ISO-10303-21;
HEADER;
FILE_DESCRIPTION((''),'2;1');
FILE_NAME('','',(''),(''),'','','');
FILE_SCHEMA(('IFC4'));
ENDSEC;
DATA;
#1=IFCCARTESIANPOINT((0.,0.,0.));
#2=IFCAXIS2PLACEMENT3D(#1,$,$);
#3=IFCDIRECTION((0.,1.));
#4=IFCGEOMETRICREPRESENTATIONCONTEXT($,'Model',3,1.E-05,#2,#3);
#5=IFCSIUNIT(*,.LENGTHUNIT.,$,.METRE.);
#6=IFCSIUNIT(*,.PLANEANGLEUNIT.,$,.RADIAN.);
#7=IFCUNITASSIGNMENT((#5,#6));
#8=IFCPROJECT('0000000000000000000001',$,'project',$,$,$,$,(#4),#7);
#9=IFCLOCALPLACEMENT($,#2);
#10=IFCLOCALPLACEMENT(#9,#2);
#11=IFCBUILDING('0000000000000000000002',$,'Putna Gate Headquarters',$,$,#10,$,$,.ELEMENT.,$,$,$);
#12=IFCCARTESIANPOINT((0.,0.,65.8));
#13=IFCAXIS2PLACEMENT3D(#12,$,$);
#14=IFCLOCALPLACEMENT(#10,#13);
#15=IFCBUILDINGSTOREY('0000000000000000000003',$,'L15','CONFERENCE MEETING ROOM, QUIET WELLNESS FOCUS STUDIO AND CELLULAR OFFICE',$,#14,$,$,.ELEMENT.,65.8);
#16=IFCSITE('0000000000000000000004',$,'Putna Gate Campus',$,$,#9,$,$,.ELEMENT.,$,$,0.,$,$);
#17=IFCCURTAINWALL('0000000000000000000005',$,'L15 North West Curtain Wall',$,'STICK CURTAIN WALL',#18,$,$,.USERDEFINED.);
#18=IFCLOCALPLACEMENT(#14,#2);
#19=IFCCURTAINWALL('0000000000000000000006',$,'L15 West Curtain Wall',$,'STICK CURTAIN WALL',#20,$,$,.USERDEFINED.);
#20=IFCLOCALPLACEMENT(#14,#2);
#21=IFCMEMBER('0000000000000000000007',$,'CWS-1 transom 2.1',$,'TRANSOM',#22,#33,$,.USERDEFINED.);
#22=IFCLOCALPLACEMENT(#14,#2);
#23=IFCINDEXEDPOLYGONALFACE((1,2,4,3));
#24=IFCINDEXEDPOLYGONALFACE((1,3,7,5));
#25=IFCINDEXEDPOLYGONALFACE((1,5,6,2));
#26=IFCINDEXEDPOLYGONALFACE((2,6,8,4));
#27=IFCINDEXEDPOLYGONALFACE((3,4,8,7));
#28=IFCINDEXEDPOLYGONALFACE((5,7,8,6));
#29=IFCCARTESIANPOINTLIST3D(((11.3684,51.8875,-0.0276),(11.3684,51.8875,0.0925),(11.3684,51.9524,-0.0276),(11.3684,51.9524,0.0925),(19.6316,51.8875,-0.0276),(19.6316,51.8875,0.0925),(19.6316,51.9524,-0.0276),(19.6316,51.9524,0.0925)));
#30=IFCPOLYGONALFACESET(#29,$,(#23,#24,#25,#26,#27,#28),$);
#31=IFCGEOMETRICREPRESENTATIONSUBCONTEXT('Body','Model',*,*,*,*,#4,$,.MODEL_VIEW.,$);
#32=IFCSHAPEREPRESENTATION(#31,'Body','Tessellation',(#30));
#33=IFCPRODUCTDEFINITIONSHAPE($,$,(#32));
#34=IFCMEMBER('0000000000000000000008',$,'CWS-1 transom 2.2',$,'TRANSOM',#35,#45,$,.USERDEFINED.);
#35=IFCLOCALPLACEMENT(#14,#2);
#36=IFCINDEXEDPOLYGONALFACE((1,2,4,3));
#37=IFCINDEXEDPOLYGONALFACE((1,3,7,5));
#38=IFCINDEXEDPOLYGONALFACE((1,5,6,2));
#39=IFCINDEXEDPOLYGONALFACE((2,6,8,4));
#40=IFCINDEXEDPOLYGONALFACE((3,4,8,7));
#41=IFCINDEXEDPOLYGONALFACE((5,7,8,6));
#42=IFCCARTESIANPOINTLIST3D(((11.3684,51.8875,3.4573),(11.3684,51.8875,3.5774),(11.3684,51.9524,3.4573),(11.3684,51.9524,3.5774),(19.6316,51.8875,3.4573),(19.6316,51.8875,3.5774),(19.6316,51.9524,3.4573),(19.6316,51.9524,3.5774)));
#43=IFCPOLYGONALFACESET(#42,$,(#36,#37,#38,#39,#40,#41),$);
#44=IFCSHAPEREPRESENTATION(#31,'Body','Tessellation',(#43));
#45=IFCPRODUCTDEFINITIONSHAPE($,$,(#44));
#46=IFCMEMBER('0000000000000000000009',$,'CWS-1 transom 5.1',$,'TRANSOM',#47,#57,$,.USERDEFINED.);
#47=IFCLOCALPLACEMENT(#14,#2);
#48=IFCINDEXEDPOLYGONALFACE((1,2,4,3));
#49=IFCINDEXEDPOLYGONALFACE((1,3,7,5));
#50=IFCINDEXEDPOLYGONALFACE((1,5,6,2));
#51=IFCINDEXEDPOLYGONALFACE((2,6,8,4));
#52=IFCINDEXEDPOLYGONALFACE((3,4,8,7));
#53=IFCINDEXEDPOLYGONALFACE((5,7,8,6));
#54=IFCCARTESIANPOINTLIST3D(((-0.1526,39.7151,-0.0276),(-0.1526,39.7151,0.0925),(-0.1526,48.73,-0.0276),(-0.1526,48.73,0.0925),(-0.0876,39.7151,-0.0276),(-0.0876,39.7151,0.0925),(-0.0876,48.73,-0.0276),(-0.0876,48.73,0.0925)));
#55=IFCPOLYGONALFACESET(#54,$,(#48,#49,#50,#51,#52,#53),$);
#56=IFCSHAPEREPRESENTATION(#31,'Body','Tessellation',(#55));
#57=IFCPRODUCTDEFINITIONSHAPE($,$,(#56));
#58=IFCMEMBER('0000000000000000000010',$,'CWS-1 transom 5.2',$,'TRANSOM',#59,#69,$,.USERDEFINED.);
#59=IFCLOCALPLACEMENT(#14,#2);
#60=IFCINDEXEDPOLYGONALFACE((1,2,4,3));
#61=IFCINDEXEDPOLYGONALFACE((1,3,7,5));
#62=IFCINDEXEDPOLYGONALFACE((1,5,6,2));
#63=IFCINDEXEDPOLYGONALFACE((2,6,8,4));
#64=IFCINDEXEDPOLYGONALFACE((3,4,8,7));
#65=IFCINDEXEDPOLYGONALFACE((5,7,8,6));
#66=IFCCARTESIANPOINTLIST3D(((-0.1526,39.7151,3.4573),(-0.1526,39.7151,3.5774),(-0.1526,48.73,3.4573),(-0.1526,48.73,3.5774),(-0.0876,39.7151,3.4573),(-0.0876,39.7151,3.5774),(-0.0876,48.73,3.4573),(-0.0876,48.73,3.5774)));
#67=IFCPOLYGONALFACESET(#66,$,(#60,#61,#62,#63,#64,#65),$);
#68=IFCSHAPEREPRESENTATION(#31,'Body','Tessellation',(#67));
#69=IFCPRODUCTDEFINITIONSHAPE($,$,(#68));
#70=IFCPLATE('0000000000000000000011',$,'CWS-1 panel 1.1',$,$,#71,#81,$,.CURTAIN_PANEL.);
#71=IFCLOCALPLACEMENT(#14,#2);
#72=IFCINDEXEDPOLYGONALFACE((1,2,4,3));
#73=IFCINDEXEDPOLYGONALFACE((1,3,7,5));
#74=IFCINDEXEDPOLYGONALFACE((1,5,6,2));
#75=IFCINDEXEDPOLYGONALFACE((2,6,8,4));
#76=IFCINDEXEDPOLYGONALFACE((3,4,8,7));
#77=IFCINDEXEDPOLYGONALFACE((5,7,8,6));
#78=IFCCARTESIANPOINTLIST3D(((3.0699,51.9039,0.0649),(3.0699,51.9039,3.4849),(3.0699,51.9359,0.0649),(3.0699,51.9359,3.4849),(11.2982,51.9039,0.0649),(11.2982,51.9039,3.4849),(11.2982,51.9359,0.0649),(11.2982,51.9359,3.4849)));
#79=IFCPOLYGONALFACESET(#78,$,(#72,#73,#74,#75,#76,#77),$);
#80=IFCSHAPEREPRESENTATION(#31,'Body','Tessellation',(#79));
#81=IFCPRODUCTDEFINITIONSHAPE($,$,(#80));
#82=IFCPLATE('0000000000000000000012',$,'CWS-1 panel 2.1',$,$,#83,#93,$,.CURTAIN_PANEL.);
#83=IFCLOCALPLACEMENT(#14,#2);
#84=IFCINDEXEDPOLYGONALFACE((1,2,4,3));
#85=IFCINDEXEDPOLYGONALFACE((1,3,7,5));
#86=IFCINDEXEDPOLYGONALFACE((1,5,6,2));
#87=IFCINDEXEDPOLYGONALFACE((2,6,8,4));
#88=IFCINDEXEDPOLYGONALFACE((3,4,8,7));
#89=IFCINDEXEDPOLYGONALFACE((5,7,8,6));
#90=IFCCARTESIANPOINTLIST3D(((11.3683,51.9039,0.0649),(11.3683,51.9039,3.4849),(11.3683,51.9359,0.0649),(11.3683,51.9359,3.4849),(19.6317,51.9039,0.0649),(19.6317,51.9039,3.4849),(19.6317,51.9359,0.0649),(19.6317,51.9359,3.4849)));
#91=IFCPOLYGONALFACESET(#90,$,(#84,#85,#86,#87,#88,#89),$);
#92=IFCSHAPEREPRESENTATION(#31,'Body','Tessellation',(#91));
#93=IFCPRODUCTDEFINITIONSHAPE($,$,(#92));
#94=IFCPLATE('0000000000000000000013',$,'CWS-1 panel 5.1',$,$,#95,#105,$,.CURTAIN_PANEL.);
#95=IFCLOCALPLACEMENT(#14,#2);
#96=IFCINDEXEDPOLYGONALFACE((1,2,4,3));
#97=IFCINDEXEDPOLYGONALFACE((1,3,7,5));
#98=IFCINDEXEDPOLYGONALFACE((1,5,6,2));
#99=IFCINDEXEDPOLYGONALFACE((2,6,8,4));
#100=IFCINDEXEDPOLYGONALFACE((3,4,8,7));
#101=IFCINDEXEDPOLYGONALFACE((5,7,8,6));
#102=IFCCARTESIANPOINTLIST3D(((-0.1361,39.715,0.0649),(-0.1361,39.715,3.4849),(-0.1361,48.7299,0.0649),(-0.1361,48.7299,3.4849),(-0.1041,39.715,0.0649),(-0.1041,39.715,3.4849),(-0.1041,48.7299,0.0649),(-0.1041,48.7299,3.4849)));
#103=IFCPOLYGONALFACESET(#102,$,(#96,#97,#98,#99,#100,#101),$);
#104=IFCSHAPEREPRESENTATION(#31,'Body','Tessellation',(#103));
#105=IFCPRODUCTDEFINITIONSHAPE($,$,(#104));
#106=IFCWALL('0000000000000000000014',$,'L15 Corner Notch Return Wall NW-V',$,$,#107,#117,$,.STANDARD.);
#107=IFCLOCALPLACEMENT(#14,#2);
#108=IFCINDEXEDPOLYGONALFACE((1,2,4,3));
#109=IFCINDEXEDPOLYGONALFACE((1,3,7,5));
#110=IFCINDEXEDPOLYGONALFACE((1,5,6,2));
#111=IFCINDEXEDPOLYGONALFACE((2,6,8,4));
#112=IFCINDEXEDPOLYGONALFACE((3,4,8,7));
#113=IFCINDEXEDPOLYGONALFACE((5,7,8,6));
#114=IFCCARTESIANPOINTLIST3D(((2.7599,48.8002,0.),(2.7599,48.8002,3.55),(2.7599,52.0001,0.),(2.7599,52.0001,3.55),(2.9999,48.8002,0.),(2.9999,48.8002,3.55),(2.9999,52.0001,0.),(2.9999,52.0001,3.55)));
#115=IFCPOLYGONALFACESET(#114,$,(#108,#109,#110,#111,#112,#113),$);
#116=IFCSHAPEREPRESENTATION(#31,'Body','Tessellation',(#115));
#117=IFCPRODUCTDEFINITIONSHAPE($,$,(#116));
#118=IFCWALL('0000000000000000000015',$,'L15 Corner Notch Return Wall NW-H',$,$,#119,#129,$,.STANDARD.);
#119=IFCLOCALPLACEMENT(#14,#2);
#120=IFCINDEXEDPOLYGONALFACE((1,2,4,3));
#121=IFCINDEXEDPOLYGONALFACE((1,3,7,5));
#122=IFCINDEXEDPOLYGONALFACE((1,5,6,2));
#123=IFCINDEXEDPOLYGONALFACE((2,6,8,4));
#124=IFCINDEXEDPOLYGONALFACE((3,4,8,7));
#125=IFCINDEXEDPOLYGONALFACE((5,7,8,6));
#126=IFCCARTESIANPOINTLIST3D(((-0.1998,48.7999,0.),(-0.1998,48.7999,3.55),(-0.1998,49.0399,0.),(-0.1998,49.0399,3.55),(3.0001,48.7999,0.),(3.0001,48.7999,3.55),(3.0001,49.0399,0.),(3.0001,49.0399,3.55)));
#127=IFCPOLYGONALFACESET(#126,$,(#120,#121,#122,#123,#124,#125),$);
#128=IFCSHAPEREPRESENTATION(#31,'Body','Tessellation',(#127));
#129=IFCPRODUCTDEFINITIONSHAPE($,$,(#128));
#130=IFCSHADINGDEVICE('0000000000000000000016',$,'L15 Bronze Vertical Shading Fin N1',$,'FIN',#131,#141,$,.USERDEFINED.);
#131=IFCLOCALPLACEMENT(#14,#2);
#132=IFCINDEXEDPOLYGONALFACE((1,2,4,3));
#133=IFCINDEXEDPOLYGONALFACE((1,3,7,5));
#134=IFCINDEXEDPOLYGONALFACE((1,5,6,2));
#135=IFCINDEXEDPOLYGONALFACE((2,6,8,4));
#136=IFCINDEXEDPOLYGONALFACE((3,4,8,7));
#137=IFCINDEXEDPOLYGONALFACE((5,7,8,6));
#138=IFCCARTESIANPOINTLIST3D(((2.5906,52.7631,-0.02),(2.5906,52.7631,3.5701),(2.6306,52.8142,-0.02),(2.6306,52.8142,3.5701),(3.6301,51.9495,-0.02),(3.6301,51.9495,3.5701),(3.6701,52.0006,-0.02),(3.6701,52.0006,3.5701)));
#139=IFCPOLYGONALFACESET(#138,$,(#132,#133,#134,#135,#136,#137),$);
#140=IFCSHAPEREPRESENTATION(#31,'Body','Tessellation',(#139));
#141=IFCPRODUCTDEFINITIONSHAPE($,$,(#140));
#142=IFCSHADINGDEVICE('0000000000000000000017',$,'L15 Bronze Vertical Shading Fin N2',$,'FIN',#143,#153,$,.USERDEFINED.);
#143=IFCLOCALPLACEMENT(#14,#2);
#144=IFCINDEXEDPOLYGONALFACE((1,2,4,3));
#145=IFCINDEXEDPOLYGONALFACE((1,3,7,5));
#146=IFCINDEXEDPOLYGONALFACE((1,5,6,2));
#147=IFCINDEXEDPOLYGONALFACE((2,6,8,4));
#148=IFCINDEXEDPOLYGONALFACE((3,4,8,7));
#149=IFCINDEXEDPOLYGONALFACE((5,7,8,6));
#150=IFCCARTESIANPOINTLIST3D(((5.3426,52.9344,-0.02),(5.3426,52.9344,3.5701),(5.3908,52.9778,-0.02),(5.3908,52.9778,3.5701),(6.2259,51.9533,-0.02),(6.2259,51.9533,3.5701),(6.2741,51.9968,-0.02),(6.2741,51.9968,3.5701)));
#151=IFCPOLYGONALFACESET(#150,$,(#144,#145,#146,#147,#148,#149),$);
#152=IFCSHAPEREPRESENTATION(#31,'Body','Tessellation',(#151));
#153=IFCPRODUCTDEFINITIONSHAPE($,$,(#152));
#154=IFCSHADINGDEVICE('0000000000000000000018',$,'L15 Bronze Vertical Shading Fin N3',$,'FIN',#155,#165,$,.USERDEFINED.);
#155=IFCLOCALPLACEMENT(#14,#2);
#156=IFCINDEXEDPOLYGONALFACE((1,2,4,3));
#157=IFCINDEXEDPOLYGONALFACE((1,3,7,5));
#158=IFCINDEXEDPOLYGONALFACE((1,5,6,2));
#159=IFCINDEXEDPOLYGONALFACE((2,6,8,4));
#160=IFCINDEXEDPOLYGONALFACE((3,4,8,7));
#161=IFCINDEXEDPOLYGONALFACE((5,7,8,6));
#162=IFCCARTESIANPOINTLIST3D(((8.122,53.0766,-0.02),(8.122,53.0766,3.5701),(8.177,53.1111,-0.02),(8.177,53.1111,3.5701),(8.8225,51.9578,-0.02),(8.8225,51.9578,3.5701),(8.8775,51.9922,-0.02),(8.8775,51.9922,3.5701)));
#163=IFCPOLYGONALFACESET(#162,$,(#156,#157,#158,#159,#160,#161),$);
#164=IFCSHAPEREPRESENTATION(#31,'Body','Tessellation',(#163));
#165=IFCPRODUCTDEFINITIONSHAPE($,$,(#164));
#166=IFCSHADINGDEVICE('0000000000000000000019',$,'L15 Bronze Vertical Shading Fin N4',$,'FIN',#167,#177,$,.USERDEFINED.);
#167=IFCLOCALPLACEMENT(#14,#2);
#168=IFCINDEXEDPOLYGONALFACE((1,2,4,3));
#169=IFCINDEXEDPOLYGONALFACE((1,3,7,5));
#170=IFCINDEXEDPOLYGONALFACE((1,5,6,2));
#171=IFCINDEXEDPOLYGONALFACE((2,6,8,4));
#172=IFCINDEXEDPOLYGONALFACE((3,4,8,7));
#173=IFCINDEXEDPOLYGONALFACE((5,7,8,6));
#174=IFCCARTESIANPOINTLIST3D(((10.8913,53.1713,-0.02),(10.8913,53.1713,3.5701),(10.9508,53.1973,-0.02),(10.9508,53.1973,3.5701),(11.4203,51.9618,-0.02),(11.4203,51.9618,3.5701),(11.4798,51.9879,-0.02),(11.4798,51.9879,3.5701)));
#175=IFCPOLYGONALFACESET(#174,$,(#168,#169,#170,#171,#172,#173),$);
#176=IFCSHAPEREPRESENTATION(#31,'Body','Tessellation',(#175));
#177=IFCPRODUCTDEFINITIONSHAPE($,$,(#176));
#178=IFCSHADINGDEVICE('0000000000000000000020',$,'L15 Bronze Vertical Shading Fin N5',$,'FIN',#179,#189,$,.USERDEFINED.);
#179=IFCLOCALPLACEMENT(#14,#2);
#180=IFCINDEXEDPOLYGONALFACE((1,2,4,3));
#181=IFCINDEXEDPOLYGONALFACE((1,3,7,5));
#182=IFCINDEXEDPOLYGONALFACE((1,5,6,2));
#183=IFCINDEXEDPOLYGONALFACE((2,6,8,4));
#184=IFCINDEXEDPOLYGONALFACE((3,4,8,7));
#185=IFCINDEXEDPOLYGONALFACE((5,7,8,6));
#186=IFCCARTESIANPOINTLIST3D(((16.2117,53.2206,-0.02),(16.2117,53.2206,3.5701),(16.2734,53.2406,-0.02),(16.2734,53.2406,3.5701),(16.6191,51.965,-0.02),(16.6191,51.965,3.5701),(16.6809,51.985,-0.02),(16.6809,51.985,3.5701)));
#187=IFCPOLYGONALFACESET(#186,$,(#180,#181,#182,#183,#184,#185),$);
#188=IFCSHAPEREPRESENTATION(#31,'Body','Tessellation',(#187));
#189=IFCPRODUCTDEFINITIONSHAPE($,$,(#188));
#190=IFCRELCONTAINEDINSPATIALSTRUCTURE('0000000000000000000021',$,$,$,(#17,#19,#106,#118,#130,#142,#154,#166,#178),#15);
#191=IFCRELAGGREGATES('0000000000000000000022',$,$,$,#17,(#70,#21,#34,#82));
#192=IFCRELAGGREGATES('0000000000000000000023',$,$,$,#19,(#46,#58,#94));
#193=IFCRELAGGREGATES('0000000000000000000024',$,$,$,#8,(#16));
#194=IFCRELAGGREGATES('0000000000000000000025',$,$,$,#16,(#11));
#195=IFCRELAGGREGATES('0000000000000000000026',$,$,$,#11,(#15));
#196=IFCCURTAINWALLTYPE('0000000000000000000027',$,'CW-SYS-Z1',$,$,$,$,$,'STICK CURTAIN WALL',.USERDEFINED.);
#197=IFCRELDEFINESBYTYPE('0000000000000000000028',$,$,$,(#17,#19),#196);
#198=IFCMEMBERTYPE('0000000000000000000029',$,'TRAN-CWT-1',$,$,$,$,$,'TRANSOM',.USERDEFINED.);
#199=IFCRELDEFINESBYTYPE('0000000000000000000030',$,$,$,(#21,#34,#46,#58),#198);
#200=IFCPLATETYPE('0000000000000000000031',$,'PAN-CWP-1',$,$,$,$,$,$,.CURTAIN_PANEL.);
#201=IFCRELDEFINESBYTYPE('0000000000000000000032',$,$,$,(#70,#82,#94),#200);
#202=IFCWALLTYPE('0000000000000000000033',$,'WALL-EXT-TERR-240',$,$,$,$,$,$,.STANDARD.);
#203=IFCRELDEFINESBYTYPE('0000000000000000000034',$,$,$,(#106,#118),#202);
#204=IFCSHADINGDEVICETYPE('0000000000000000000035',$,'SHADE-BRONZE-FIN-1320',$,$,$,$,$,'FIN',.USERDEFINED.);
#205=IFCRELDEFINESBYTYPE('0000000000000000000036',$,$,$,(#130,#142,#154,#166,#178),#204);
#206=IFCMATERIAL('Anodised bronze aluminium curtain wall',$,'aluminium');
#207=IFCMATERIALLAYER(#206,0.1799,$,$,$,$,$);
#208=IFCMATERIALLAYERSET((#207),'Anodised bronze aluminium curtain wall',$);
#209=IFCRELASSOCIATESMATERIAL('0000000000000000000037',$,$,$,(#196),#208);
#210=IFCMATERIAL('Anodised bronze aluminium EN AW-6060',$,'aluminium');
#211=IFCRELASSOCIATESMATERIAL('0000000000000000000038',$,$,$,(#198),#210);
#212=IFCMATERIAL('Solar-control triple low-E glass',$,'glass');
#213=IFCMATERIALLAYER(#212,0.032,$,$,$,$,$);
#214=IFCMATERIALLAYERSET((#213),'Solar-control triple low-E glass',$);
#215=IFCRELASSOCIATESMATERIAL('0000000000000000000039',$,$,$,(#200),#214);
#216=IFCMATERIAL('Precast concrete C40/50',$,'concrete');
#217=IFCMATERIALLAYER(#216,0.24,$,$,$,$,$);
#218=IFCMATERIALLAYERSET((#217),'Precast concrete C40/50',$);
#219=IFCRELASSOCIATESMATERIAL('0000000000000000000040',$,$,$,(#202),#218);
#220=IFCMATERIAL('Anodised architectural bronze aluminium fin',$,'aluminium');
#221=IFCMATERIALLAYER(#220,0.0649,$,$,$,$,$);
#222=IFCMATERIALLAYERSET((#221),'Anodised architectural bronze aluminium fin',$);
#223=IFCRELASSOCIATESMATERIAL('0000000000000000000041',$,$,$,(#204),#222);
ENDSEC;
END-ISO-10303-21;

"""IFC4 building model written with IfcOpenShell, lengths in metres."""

from ifc_helpers import new_model, si_unit, direction, frame, frame_2d, origin, origin_2d, place, context, subcontext, project, spatial, rectangle, extrude, material, layer, layer_set, material_profile, profile_set, type_object, element, aggregate, save


model = new_model("IFC4")

# Units and contexts
model_context = context("Model", 3, precision=1e-05, world=origin(), true_north=direction((0.0, 1.0)))
body_context = subcontext(model_context, "Body", "Model", "MODEL_VIEW")
ifc_project = project(units=[si_unit("LENGTHUNIT", "METRE"), si_unit("PLANEANGLEUNIT", "RADIAN")], contexts=[model_context])

# Site, building, storey
site_placement = place(None, origin())
site = spatial("IfcSite", under=ifc_project, at=site_placement, Name="Putna Gate Campus", CompositionType="ELEMENT", RefElevation=0.0)
building_placement = place(site_placement, origin())
building = spatial("IfcBuilding", under=site, at=building_placement, Name="Putna Gate Headquarters", CompositionType="ELEMENT")
storey_placement = place(building_placement, frame((0.0, 0.0, 65.8)))
storey = spatial("IfcBuildingStorey", under=building, at=storey_placement, Name="L15", Description="CONFERENCE MEETING ROOM, QUIET WELLNESS FOCUS STUDIO AND CELLULAR OFFICE", CompositionType="ELEMENT", Elevation=65.8)

# Curtain walls
ifc_material_1 = material(Name="Anodised bronze aluminium curtain wall", Category="aluminium")
ifc_layer_1 = layer(ifc_material_1, 0.1799)
ifc_layer_set_1 = layer_set([ifc_layer_1], Name="Anodised bronze aluminium curtain wall")
curtain_wall_type = type_object("IfcCurtainWallType", Name="CW-SYS-Z1", ElementType="STICK CURTAIN WALL", PredefinedType="USERDEFINED", material=ifc_layer_set_1)
curtain_wall_1_placement = place(storey_placement, origin())
curtain_wall_1 = element("IfcCurtainWall", 1, at=curtain_wall_1_placement, inside=storey, type_object=curtain_wall_type, Name="L15 North West Curtain Wall", ObjectType="STICK CURTAIN WALL", PredefinedType="USERDEFINED")
ifc_material_2 = material(Name="Anodised bronze aluminium EN AW-6060", Category="aluminium")
curtain_wall_2_placement = place(storey_placement, origin())
curtain_wall_2 = element("IfcCurtainWall", 2, at=curtain_wall_2_placement, inside=storey, type_object=curtain_wall_type, Name="L15 West Curtain Wall", ObjectType="STICK CURTAIN WALL", PredefinedType="USERDEFINED")

# Members
ifc_material_profile_1 = material_profile(ifc_material_2, rectangle(XDim=0.0649, YDim=0.1201, at=origin_2d()), Name="Anodised bronze aluminium EN AW-6060")
ifc_profile_set_1 = profile_set([ifc_material_profile_1], Name="Anodised bronze aluminium EN AW-6060")
member_type_1 = type_object("IfcMemberType", Name="TRAN-CWT-1", ElementType="TRANSOM", PredefinedType="USERDEFINED", material=ifc_profile_set_1)
member_1_placement = place(storey_placement, frame((11.3684, 51.9199, 0.0325), z_axis=(1.0, 0.0, 0.0), x_axis=(0.0, 1.0, 0.0)))
member_1 = element("IfcMember", 3, at=member_1_placement, type_object=member_type_1, Name="CWS-1 transom 2.1", ObjectType="TRANSOM", PredefinedType="USERDEFINED", context=body_context, shape_type="SweptSolid", body=[
    extrude(rectangle(XDim=0.0649, YDim=0.1201, at=origin_2d()), origin(), (0.0, 0.0, 1.0), 8.2632),
])
member_2_placement = place(storey_placement, frame((11.3684, 51.9199, 3.5173), z_axis=(1.0, 0.0, 0.0), x_axis=(0.0, 1.0, 0.0)))
member_2 = element("IfcMember", 4, at=member_2_placement, type_object=member_type_1, Name="CWS-1 transom 2.2", ObjectType="TRANSOM", PredefinedType="USERDEFINED", context=body_context, shape_type="SweptSolid", body=[
    extrude(rectangle(XDim=0.0649, YDim=0.1201, at=origin_2d()), origin(), (0.0, 0.0, 1.0), 8.2632),
])
member_3_placement = place(storey_placement, frame((-0.1201, 39.7151, 0.0325), z_axis=(0.0, 1.0, 0.0), x_axis=(-1.0, 0.0, 0.0)))
member_3 = element("IfcMember", 5, at=member_3_placement, type_object=member_type_1, Name="CWS-1 transom 5.1", ObjectType="TRANSOM", PredefinedType="USERDEFINED", context=body_context, shape_type="SweptSolid", body=[
    extrude(rectangle(XDim=0.0649, YDim=0.1201, at=origin_2d()), origin(), (0.0, 0.0, 1.0), 9.0149),
])
member_4_placement = place(storey_placement, frame((-0.1201, 39.7151, 3.5173), z_axis=(0.0, 1.0, 0.0), x_axis=(-1.0, 0.0, 0.0)))
member_4 = element("IfcMember", 6, at=member_4_placement, type_object=member_type_1, Name="CWS-1 transom 5.2", ObjectType="TRANSOM", PredefinedType="USERDEFINED", context=body_context, shape_type="SweptSolid", body=[
    extrude(rectangle(XDim=0.0649, YDim=0.1201, at=origin_2d()), origin(), (0.0, 0.0, 1.0), 9.0149),
])

# Plates
ifc_material_3 = material(Name="Solar-control triple low-E glass", Category="glass")
ifc_layer_2 = layer(ifc_material_3, 0.032)
ifc_layer_set_2 = layer_set([ifc_layer_2], Name="Solar-control triple low-E glass")
plate_type = type_object("IfcPlateType", Name="PAN-CWP-1", PredefinedType="CURTAIN_PANEL", material=ifc_layer_set_2)
plate_1_placement = place(storey_placement, frame((7.1841, 51.9199, 0.0649), z_axis=(0.0, 0.0, 1.0), x_axis=(1.0, 0.0, 0.0)))
plate_1 = element("IfcPlate", 7, at=plate_1_placement, type_object=plate_type, Name="CWS-1 panel 1.1", PredefinedType="CURTAIN_PANEL", context=body_context, shape_type="SweptSolid", body=[
    extrude(rectangle(XDim=8.2283, YDim=0.032, at=origin_2d()), origin(), (0.0, 0.0, 1.0), 3.4199),
])
plate_2_placement = place(storey_placement, frame((15.5, 51.9199, 0.0649), z_axis=(0.0, 0.0, 1.0), x_axis=(1.0, 0.0, 0.0)))
plate_2 = element("IfcPlate", 8, at=plate_2_placement, type_object=plate_type, Name="CWS-1 panel 2.1", PredefinedType="CURTAIN_PANEL", context=body_context, shape_type="SweptSolid", body=[
    extrude(rectangle(XDim=8.2634, YDim=0.032, at=origin_2d()), origin(), (0.0, 0.0, 1.0), 3.4199),
])
aggregate(curtain_wall_1, [plate_1, member_1, member_2, plate_2])
plate_3_placement = place(storey_placement, frame((-0.1201, 44.2224, 0.0649), z_axis=(0.0, 0.0, 1.0), x_axis=(0.0, 1.0, 0.0)))
plate_3 = element("IfcPlate", 9, at=plate_3_placement, type_object=plate_type, Name="CWS-1 panel 5.1", PredefinedType="CURTAIN_PANEL", context=body_context, shape_type="SweptSolid", body=[
    extrude(rectangle(XDim=9.0149, YDim=0.032, at=origin_2d()), origin(), (0.0, 0.0, 1.0), 3.4199),
])
aggregate(curtain_wall_2, [member_3, member_4, plate_3])

# Walls
ifc_material_4 = material(Name="Precast concrete C40/50", Category="concrete")
ifc_layer_3 = layer(ifc_material_4, 0.24)
ifc_layer_set_3 = layer_set([ifc_layer_3], Name="Precast concrete C40/50")
wall_type = type_object("IfcWallType", Name="WALL-EXT-TERR-240", PredefinedType="STANDARD", material=ifc_layer_set_3)
for number, where, z_axis, x_axis, name in (
    (10, (2.8799, 48.8, 0.0), (0.0, 0.0, 1.0), (0.0, 1.0, 0.0), "L15 Corner Notch Return Wall NW-V"),
    (11, (-0.2, 48.9199, 0.0), (0.0, 0.0, 1.0), (1.0, 0.0, 0.0), "L15 Corner Notch Return Wall NW-H"),
):
    element("IfcWall", number, at=place(storey_placement, frame(where, z_axis=z_axis, x_axis=x_axis)), inside=storey, type_object=wall_type, Name=name, PredefinedType="STANDARD", context=body_context, shape_type="SweptSolid", body=[
        extrude(rectangle(XDim=3.2, YDim=0.24, at=frame_2d((1.6001, 0.0))), origin(), (0.0, 0.0, 1.0), 3.55),
    ])

# Shading devices
ifc_material_5 = material(Name="Anodised architectural bronze aluminium fin", Category="aluminium")
ifc_layer_4 = layer(ifc_material_5, 0.0649)
ifc_layer_set_4 = layer_set([ifc_layer_4], Name="Anodised architectural bronze aluminium fin")
shading_device_type = type_object("IfcShadingDeviceType", Name="SHADE-BRONZE-FIN-1320", ElementType="FIN", PredefinedType="USERDEFINED", material=ifc_layer_set_4)
for number, where, z_axis, x_axis, name in (
    (12, (3.1304, 52.3818, -0.02), (0.0, 0.0, 1.0), (-0.787473, 0.616349, 0.0), "L15 Bronze Vertical Shading Fin N1"),
    (13, (5.8083, 52.4656, -0.02), (0.0, 0.0, 1.0), (-0.669131, 0.743145, 0.0), "L15 Bronze Vertical Shading Fin N2"),
    (14, (8.4998, 52.5344, -0.02), (0.0, 0.0, 1.0), (-0.530659, 0.847585, 0.0), "L15 Bronze Vertical Shading Fin N3"),
    (15, (11.1855, 52.5796, -0.02), (0.0, 0.0, 1.0), (-0.400669, 0.916223, 0.0), "L15 Bronze Vertical Shading Fin N4"),
    (16, (16.4463, 52.6028, -0.02), (0.0, 0.0, 1.0), (-0.308685, 0.951164, 0.0), "L15 Bronze Vertical Shading Fin N5"),
):
    element("IfcShadingDevice", number, at=place(storey_placement, frame(where, z_axis=z_axis, x_axis=x_axis)), inside=storey, type_object=shading_device_type, Name=name, ObjectType="FIN", PredefinedType="USERDEFINED", context=body_context, shape_type="SweptSolid", body=[
        extrude(rectangle(XDim=1.3201, YDim=0.0649, at=origin_2d()), origin(), (0.0, 0.0, 1.0), 3.5901),
    ])

save(model, "model.ifc")
